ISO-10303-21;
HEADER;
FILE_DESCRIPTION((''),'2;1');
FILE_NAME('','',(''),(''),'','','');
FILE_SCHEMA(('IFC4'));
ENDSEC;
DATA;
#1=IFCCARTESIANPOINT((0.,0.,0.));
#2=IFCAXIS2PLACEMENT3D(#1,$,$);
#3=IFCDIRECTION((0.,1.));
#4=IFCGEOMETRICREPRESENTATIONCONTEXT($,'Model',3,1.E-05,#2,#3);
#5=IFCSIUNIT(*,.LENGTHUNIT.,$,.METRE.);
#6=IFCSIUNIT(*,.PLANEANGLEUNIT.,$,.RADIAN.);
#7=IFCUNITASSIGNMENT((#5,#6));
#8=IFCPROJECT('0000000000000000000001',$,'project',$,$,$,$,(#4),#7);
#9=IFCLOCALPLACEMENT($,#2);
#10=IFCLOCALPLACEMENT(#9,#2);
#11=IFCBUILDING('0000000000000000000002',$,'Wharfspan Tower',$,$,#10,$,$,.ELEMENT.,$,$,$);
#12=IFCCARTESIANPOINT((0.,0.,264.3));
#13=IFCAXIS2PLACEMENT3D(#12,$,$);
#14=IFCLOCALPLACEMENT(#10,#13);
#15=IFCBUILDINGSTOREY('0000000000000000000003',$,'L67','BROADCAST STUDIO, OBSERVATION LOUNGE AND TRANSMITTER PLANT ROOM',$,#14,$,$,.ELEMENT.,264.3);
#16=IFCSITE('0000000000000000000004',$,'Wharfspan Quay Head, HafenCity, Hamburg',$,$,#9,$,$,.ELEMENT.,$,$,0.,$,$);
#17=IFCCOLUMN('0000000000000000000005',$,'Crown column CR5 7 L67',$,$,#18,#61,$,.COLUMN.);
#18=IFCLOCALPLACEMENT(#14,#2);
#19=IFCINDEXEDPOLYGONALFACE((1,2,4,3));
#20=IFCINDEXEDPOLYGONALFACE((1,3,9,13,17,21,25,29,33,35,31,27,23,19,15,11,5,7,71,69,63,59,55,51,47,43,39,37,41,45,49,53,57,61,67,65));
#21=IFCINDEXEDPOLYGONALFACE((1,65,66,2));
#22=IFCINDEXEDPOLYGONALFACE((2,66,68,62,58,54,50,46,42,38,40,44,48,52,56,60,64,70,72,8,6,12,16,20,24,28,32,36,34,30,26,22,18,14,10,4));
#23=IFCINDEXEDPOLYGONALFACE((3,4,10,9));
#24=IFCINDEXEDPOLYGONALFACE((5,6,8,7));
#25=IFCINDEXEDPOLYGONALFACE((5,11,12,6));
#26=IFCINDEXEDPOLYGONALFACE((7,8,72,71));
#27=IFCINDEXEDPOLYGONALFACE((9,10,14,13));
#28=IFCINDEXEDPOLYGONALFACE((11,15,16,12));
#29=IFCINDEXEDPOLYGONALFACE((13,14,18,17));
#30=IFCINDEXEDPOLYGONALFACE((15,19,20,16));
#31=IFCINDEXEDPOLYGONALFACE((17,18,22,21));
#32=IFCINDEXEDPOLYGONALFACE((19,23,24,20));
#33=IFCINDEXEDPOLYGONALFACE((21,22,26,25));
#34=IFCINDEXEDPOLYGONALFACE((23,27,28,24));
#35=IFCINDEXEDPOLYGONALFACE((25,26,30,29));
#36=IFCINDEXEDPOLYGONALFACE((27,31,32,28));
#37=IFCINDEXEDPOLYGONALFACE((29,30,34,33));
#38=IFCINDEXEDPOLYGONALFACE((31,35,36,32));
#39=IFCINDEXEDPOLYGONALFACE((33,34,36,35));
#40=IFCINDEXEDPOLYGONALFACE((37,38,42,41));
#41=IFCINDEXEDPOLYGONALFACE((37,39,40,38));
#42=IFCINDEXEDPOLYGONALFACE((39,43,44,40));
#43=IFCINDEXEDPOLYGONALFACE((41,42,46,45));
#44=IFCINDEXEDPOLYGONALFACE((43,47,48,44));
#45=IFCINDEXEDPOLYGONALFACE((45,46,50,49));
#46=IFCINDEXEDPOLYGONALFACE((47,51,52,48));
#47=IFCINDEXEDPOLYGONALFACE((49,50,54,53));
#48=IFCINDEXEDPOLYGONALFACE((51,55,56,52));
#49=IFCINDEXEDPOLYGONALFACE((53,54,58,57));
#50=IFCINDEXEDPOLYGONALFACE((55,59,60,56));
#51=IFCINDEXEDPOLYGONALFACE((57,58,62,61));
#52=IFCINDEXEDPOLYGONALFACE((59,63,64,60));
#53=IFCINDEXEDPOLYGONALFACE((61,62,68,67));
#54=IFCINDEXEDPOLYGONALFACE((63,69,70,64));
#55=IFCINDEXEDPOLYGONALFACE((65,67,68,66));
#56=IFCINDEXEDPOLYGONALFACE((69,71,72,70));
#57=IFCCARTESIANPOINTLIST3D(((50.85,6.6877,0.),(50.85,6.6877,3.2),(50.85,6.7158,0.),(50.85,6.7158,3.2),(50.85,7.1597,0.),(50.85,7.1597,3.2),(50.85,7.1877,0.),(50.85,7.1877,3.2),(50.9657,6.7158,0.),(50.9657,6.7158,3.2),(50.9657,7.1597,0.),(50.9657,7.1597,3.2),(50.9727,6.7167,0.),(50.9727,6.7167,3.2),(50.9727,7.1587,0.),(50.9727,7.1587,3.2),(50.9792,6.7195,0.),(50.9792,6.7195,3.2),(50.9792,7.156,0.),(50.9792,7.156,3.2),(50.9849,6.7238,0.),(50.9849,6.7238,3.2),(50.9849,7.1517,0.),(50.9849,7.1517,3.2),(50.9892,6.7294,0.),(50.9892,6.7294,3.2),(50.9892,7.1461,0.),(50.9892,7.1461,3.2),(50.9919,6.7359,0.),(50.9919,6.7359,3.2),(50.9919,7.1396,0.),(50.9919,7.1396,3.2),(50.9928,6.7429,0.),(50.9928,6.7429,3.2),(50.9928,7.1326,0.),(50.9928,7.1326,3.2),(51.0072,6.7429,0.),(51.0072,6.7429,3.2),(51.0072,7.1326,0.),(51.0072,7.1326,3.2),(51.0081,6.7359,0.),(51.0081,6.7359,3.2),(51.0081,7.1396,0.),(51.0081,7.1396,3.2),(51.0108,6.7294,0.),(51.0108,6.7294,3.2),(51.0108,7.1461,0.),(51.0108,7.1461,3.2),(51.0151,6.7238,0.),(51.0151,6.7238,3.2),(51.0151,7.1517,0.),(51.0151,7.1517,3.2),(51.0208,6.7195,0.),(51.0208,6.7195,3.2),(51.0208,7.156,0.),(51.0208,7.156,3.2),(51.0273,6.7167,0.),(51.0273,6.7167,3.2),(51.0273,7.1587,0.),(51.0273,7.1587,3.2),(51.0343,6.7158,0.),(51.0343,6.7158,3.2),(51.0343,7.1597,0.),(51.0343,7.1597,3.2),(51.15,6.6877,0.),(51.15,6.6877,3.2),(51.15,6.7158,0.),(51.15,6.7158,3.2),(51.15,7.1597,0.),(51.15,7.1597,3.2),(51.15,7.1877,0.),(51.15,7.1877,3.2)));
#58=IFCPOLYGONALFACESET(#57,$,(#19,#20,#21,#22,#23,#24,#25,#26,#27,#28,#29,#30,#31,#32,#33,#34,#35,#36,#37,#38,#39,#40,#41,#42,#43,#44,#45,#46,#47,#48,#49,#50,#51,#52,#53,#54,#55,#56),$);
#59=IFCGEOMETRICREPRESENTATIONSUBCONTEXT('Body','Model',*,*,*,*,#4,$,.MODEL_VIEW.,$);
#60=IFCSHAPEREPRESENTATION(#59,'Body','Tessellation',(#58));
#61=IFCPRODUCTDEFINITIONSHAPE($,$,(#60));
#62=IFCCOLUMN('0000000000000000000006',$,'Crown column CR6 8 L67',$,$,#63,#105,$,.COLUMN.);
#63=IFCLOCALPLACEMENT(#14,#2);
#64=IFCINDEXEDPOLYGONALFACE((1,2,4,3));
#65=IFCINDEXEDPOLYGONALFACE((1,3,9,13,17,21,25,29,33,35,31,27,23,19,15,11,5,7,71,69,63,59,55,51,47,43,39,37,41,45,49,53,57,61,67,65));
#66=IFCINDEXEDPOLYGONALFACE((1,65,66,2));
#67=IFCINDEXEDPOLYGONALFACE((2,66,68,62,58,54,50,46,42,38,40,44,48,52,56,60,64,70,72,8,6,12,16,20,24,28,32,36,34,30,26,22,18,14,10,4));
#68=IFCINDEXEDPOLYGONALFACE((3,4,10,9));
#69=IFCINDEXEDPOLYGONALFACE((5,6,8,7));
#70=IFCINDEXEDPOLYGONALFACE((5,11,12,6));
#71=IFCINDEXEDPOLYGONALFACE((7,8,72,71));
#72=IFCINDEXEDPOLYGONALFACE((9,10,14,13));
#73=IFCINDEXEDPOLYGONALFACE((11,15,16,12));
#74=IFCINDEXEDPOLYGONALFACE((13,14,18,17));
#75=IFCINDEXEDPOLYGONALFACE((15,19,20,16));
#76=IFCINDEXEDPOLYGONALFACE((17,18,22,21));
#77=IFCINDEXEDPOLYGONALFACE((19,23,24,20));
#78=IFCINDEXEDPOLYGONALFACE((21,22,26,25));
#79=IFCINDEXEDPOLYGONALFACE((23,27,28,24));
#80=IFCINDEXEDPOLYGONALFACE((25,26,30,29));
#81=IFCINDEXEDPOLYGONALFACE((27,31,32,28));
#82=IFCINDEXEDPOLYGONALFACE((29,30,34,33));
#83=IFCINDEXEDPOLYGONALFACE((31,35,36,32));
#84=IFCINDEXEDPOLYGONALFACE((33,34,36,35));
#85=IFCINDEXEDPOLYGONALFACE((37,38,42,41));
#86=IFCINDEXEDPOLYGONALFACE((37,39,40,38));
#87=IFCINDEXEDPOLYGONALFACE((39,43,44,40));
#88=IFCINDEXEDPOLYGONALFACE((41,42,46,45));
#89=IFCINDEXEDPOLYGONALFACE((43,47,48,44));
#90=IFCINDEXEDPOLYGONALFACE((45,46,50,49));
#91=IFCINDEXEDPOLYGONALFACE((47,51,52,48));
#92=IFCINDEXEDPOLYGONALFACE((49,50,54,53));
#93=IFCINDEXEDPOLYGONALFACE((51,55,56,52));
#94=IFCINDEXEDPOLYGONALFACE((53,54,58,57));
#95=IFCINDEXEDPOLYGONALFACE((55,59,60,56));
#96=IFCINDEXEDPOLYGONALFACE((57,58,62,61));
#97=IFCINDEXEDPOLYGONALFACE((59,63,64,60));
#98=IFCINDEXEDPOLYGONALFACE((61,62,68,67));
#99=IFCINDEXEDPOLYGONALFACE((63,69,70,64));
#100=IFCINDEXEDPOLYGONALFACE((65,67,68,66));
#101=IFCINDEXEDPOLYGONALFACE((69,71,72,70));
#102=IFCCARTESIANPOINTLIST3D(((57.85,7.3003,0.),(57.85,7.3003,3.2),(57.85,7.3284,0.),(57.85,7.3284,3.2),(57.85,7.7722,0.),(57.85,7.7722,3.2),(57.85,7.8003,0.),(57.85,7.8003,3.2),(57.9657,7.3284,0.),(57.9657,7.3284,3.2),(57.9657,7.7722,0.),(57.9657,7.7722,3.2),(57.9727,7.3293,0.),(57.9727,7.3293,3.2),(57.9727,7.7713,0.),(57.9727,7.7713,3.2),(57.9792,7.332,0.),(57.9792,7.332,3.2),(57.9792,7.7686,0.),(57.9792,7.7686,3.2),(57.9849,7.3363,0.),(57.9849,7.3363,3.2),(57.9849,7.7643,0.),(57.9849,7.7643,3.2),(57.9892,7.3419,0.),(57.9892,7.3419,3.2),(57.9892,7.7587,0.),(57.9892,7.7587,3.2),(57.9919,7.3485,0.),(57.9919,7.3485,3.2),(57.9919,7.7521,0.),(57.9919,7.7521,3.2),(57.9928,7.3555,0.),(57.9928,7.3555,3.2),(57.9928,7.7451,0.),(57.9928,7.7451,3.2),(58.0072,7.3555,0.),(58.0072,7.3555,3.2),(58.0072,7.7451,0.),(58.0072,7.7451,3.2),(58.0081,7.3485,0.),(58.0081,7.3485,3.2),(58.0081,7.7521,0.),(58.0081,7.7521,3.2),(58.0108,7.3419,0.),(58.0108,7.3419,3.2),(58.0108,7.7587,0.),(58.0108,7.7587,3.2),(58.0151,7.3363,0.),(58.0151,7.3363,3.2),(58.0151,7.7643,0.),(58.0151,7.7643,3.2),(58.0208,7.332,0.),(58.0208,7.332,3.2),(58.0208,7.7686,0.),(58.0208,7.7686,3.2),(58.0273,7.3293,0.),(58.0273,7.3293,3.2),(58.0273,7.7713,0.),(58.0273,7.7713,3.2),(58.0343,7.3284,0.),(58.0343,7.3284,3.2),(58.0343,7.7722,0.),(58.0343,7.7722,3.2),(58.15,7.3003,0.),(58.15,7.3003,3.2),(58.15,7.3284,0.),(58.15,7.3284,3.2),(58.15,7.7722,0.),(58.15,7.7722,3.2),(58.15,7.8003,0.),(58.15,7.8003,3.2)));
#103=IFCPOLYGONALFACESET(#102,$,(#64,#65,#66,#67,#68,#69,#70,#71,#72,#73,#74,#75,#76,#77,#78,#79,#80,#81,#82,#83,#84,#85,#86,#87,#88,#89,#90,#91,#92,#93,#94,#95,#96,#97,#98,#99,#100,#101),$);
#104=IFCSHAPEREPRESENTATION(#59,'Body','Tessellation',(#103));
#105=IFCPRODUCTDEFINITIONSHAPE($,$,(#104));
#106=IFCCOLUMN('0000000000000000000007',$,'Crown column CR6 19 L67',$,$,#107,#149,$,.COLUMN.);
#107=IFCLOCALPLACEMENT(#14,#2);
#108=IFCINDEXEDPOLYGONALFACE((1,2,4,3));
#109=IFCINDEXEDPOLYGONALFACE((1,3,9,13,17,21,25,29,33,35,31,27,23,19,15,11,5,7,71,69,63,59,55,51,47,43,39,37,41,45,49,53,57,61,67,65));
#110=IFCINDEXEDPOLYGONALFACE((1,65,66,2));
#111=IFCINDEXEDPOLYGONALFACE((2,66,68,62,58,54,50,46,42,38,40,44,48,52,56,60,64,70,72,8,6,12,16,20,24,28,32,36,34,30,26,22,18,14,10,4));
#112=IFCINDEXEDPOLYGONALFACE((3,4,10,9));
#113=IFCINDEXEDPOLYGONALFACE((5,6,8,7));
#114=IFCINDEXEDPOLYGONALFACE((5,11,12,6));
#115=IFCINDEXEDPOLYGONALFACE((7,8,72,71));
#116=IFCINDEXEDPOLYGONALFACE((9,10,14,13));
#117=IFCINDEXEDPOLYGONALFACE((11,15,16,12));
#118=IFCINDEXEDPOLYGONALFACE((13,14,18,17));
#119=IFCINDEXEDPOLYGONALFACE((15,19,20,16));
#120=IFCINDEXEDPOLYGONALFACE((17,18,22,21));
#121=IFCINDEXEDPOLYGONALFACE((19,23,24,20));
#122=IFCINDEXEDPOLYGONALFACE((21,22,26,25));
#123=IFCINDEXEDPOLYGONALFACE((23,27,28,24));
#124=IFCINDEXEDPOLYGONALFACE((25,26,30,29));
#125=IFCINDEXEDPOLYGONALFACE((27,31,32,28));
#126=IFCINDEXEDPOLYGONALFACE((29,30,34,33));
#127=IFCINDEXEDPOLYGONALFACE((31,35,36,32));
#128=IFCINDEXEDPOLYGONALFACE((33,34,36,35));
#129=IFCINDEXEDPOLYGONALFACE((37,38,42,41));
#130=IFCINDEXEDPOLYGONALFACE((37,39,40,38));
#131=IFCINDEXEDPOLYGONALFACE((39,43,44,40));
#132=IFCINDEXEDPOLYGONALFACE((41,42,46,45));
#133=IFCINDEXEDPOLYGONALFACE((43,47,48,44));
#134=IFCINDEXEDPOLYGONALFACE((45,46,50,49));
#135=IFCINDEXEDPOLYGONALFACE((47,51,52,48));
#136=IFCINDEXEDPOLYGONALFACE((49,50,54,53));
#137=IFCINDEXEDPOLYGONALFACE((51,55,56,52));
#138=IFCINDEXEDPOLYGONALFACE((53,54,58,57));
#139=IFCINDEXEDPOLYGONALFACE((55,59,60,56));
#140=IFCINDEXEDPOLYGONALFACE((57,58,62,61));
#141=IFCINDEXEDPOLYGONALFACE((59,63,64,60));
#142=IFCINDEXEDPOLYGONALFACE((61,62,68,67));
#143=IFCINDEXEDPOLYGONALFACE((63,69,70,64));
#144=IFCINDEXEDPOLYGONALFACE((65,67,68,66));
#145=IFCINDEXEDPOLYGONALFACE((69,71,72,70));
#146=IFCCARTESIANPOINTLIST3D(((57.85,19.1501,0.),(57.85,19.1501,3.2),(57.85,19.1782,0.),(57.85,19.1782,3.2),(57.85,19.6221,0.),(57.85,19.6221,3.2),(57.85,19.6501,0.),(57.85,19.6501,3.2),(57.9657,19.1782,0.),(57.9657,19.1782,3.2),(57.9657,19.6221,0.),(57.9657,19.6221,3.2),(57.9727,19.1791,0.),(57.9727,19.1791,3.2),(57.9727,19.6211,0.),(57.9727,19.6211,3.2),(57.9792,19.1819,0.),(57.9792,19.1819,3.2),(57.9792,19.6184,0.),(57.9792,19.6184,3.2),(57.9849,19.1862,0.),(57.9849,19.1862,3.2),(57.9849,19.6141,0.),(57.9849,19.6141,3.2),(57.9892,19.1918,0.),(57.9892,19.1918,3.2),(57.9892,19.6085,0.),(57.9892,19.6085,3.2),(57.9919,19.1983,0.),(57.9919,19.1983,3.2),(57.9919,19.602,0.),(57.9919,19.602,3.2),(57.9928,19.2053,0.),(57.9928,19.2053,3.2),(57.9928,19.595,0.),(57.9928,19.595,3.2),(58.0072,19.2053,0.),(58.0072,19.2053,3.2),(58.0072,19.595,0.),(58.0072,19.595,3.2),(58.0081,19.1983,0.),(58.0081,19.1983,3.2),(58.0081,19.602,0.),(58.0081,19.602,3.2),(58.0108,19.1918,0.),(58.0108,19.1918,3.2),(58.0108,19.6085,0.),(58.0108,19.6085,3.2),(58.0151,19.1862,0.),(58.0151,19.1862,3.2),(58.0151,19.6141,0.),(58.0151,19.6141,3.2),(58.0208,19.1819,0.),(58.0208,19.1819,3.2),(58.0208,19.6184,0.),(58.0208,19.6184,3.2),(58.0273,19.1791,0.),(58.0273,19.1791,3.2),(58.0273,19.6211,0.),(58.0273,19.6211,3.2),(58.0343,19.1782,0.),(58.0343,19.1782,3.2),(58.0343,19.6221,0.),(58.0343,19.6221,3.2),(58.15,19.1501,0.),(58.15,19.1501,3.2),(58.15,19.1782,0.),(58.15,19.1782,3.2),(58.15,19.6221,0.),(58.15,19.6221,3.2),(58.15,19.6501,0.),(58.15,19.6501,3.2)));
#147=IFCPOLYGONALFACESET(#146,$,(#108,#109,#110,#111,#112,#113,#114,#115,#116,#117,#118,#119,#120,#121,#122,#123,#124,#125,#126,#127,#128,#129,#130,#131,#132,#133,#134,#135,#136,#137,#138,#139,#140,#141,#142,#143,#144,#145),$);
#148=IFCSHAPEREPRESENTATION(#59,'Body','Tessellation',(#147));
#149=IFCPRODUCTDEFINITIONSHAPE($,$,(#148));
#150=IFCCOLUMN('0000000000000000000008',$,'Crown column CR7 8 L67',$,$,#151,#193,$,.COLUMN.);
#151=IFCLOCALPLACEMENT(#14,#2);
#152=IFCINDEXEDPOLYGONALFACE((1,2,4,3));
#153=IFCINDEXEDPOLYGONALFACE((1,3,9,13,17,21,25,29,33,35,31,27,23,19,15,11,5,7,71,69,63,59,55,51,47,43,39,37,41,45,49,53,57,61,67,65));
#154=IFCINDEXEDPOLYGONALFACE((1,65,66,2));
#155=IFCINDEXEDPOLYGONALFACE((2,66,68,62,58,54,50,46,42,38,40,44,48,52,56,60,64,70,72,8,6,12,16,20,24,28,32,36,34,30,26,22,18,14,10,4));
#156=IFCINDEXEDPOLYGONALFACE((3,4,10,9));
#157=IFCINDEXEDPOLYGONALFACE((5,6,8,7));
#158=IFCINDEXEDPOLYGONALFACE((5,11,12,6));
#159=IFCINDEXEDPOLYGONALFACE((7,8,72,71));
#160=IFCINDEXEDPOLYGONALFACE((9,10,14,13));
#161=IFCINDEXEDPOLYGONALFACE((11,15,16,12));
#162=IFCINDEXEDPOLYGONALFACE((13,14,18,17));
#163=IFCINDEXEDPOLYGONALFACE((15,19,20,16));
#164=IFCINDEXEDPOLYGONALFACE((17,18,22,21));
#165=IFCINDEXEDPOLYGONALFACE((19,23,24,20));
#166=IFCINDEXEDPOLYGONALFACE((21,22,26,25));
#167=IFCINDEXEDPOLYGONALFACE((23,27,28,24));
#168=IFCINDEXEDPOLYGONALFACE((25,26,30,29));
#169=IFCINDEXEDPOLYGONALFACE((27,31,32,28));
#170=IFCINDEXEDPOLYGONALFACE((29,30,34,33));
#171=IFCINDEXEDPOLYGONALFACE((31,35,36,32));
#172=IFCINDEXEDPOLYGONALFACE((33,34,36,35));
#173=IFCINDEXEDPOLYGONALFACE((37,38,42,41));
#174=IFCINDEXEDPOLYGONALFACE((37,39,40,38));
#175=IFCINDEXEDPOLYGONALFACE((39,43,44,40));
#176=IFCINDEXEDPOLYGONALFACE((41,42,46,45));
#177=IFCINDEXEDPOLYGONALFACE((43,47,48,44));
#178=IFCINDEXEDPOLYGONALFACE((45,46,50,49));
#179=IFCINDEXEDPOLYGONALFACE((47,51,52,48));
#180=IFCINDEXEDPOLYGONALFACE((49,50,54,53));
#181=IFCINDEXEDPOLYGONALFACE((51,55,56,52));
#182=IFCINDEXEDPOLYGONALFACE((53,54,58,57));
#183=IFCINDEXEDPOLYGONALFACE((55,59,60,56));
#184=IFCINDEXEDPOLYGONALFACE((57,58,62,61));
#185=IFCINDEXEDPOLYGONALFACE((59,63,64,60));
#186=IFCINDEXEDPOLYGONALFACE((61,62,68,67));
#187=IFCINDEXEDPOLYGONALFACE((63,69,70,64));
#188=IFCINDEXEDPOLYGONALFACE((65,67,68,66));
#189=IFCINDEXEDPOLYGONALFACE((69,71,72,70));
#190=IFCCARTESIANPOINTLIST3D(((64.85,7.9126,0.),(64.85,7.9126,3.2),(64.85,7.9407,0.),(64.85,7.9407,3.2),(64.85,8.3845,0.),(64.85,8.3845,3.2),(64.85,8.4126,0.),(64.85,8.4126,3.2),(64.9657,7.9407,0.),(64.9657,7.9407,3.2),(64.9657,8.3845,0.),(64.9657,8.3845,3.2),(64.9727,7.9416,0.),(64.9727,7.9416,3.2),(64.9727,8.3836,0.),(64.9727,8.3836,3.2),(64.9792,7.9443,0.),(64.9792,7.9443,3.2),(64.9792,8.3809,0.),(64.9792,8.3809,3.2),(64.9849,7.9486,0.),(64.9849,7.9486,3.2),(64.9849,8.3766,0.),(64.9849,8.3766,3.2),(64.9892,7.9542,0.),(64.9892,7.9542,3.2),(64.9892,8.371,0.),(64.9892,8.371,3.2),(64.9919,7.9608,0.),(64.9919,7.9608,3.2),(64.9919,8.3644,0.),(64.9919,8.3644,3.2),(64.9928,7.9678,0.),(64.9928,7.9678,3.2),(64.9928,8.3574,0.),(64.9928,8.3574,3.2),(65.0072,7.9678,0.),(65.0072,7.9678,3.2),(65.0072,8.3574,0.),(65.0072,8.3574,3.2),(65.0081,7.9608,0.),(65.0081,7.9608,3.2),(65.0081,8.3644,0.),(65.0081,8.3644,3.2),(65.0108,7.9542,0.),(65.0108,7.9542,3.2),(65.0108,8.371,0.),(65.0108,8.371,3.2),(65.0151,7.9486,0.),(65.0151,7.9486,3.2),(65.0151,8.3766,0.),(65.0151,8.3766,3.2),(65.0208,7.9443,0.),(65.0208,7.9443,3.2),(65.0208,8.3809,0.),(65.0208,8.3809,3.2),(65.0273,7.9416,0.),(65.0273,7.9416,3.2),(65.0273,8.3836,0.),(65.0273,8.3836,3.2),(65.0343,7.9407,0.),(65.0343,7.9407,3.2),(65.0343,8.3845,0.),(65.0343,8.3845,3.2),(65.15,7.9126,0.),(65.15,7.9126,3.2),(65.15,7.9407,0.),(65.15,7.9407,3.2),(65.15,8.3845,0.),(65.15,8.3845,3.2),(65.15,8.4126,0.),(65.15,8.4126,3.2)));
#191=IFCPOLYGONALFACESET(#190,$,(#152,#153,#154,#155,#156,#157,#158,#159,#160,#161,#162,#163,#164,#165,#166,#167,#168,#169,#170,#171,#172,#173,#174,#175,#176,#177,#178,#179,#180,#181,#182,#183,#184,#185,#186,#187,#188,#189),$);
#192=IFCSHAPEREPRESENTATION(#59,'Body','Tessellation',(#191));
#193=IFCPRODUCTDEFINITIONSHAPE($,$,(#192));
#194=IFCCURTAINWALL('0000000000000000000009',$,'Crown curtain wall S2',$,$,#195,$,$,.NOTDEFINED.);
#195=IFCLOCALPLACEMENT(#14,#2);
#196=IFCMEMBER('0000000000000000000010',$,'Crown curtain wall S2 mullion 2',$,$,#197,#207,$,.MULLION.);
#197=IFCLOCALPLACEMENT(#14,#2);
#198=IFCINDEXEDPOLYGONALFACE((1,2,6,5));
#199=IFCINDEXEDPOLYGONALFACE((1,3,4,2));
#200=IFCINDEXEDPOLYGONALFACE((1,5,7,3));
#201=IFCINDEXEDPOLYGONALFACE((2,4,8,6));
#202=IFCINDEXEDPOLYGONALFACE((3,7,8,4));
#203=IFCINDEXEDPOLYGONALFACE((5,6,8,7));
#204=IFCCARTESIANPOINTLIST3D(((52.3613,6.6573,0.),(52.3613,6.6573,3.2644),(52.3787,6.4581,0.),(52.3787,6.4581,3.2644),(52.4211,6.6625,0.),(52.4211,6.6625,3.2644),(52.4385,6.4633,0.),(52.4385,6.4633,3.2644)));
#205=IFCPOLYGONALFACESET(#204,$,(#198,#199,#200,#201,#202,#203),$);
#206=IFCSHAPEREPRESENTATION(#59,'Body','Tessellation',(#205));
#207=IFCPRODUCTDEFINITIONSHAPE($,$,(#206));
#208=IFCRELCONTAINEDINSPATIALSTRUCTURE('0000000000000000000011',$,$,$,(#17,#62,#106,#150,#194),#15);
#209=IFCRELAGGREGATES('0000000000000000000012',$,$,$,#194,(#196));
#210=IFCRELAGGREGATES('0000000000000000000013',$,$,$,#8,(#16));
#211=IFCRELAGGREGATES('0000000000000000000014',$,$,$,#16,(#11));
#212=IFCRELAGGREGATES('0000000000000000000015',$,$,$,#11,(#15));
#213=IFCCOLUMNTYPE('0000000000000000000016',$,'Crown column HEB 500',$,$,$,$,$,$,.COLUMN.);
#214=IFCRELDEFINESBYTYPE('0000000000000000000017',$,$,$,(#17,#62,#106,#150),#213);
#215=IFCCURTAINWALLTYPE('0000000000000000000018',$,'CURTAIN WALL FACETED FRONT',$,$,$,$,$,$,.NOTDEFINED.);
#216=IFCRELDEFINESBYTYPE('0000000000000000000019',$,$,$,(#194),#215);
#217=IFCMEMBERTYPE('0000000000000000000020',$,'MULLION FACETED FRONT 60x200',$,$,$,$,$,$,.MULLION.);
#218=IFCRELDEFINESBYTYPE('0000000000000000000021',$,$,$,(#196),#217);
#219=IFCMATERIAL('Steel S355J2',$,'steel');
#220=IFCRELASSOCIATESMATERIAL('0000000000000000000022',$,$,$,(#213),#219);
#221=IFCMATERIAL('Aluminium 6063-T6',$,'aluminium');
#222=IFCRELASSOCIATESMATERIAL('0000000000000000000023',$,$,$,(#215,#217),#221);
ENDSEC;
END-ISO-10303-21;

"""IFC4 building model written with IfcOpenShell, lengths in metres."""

from ifc_helpers import new_model, si_unit, direction, frame, origin, origin_2d, place, context, subcontext, project, spatial, rectangle, i_section, extrude, material, material_profile, profile_set, type_object, element, aggregate, save


model = new_model("IFC4")

# Units and contexts
model_context = context("Model", 3, precision=1e-05, world=origin(), true_north=direction((0.0, 1.0)))
body_context = subcontext(model_context, "Body", "Model", "MODEL_VIEW")
ifc_project = project(units=[si_unit("LENGTHUNIT", "METRE"), si_unit("PLANEANGLEUNIT", "RADIAN")], contexts=[model_context])

# Site, building, storey
site_placement = place(None, origin())
site = spatial("IfcSite", under=ifc_project, at=site_placement, Name="Wharfspan Quay Head, HafenCity, Hamburg", CompositionType="ELEMENT", RefElevation=0.0)
building_placement = place(site_placement, origin())
building = spatial("IfcBuilding", under=site, at=building_placement, Name="Wharfspan Tower", CompositionType="ELEMENT")
storey_placement = place(building_placement, frame((0.0, 0.0, 264.3)))
storey = spatial("IfcBuildingStorey", under=building, at=storey_placement, Name="L67", Description="BROADCAST STUDIO, OBSERVATION LOUNGE AND TRANSMITTER PLANT ROOM", CompositionType="ELEMENT", Elevation=264.3)

# Columns
ifc_material_1 = material(Name="Steel S355J2", Category="steel")
ifc_material_profile_1 = material_profile(ifc_material_1, i_section(OverallWidth=0.3, OverallDepth=0.5, WebThickness=0.0144, FlangeThickness=0.0281, FilletRadius=0.0271, at=origin_2d()))
ifc_profile_set_1 = profile_set([ifc_material_profile_1], Name="Steel S355J2")
column_type = type_object("IfcColumnType", Name="Crown column HEB 500", PredefinedType="COLUMN", material=ifc_profile_set_1)
for number, where, z_axis, x_axis, name in (
    (1, (51.0, 6.9377, 0.0), (0.0, 0.0, 1.0), (1.0, 0.0, 0.0), "Crown column CR5 7 L67"),
    (2, (58.0, 7.5503, 0.0), (0.0, 0.0, 1.0), (1.0, 0.0, 0.0), "Crown column CR6 8 L67"),
    (3, (58.0, 19.4001, 0.0), (0.0, 0.0, 1.0), (1.0, 0.0, 0.0), "Crown column CR6 19 L67"),
    (4, (65.0, 8.1626, 0.0), (0.0, 0.0, 1.0), (1.0, 0.0, 0.0), "Crown column CR7 8 L67"),
):
    element("IfcColumn", number, at=place(storey_placement, frame(where, z_axis=z_axis, x_axis=x_axis)), inside=storey, type_object=column_type, Name=name, PredefinedType="COLUMN", context=body_context, shape_type="SweptSolid", body=[
        extrude(i_section(OverallWidth=0.3, OverallDepth=0.5, WebThickness=0.0144, FlangeThickness=0.0281, FilletRadius=0.0271, at=origin_2d()), origin(), (0.0, 0.0, 1.0), 3.2),
    ])

# Curtain wall, member
ifc_material_2 = material(Name="Aluminium 6063-T6", Category="aluminium")
curtain_wall_type = type_object("IfcCurtainWallType", Name="CURTAIN WALL FACETED FRONT", PredefinedType="NOTDEFINED", material=ifc_material_2)
curtain_wall_placement = place(storey_placement, origin())
curtain_wall = element("IfcCurtainWall", 5, at=curtain_wall_placement, inside=storey, type_object=curtain_wall_type, Name="Crown curtain wall S2", PredefinedType="NOTDEFINED")
ifc_material_profile_2 = material_profile(ifc_material_2, rectangle(XDim=0.2, YDim=0.0601, at=origin_2d()))
ifc_profile_set_2 = profile_set([ifc_material_profile_2], Name="Aluminium 6063-T6")
member_type_1 = type_object("IfcMemberType", Name="MULLION FACETED FRONT 60x200", PredefinedType="MULLION", material=ifc_profile_set_2)
member_1_placement = place(storey_placement, frame((52.3999, 6.5603, 0.0), z_axis=(0.0, 0.0, 1.0), x_axis=(-0.087156, 0.996198, 0.0)))
member_1 = element("IfcMember", 6, at=member_1_placement, type_object=member_type_1, Name="Crown curtain wall S2 mullion 2", PredefinedType="MULLION", context=body_context, shape_type="SweptSolid", body=[
    extrude(rectangle(XDim=0.2, YDim=0.0601, at=origin_2d()), origin(), (0.0, 0.0, 1.0), 3.2644),
])
aggregate(curtain_wall, [member_1])

save(model, "model.ifc")
